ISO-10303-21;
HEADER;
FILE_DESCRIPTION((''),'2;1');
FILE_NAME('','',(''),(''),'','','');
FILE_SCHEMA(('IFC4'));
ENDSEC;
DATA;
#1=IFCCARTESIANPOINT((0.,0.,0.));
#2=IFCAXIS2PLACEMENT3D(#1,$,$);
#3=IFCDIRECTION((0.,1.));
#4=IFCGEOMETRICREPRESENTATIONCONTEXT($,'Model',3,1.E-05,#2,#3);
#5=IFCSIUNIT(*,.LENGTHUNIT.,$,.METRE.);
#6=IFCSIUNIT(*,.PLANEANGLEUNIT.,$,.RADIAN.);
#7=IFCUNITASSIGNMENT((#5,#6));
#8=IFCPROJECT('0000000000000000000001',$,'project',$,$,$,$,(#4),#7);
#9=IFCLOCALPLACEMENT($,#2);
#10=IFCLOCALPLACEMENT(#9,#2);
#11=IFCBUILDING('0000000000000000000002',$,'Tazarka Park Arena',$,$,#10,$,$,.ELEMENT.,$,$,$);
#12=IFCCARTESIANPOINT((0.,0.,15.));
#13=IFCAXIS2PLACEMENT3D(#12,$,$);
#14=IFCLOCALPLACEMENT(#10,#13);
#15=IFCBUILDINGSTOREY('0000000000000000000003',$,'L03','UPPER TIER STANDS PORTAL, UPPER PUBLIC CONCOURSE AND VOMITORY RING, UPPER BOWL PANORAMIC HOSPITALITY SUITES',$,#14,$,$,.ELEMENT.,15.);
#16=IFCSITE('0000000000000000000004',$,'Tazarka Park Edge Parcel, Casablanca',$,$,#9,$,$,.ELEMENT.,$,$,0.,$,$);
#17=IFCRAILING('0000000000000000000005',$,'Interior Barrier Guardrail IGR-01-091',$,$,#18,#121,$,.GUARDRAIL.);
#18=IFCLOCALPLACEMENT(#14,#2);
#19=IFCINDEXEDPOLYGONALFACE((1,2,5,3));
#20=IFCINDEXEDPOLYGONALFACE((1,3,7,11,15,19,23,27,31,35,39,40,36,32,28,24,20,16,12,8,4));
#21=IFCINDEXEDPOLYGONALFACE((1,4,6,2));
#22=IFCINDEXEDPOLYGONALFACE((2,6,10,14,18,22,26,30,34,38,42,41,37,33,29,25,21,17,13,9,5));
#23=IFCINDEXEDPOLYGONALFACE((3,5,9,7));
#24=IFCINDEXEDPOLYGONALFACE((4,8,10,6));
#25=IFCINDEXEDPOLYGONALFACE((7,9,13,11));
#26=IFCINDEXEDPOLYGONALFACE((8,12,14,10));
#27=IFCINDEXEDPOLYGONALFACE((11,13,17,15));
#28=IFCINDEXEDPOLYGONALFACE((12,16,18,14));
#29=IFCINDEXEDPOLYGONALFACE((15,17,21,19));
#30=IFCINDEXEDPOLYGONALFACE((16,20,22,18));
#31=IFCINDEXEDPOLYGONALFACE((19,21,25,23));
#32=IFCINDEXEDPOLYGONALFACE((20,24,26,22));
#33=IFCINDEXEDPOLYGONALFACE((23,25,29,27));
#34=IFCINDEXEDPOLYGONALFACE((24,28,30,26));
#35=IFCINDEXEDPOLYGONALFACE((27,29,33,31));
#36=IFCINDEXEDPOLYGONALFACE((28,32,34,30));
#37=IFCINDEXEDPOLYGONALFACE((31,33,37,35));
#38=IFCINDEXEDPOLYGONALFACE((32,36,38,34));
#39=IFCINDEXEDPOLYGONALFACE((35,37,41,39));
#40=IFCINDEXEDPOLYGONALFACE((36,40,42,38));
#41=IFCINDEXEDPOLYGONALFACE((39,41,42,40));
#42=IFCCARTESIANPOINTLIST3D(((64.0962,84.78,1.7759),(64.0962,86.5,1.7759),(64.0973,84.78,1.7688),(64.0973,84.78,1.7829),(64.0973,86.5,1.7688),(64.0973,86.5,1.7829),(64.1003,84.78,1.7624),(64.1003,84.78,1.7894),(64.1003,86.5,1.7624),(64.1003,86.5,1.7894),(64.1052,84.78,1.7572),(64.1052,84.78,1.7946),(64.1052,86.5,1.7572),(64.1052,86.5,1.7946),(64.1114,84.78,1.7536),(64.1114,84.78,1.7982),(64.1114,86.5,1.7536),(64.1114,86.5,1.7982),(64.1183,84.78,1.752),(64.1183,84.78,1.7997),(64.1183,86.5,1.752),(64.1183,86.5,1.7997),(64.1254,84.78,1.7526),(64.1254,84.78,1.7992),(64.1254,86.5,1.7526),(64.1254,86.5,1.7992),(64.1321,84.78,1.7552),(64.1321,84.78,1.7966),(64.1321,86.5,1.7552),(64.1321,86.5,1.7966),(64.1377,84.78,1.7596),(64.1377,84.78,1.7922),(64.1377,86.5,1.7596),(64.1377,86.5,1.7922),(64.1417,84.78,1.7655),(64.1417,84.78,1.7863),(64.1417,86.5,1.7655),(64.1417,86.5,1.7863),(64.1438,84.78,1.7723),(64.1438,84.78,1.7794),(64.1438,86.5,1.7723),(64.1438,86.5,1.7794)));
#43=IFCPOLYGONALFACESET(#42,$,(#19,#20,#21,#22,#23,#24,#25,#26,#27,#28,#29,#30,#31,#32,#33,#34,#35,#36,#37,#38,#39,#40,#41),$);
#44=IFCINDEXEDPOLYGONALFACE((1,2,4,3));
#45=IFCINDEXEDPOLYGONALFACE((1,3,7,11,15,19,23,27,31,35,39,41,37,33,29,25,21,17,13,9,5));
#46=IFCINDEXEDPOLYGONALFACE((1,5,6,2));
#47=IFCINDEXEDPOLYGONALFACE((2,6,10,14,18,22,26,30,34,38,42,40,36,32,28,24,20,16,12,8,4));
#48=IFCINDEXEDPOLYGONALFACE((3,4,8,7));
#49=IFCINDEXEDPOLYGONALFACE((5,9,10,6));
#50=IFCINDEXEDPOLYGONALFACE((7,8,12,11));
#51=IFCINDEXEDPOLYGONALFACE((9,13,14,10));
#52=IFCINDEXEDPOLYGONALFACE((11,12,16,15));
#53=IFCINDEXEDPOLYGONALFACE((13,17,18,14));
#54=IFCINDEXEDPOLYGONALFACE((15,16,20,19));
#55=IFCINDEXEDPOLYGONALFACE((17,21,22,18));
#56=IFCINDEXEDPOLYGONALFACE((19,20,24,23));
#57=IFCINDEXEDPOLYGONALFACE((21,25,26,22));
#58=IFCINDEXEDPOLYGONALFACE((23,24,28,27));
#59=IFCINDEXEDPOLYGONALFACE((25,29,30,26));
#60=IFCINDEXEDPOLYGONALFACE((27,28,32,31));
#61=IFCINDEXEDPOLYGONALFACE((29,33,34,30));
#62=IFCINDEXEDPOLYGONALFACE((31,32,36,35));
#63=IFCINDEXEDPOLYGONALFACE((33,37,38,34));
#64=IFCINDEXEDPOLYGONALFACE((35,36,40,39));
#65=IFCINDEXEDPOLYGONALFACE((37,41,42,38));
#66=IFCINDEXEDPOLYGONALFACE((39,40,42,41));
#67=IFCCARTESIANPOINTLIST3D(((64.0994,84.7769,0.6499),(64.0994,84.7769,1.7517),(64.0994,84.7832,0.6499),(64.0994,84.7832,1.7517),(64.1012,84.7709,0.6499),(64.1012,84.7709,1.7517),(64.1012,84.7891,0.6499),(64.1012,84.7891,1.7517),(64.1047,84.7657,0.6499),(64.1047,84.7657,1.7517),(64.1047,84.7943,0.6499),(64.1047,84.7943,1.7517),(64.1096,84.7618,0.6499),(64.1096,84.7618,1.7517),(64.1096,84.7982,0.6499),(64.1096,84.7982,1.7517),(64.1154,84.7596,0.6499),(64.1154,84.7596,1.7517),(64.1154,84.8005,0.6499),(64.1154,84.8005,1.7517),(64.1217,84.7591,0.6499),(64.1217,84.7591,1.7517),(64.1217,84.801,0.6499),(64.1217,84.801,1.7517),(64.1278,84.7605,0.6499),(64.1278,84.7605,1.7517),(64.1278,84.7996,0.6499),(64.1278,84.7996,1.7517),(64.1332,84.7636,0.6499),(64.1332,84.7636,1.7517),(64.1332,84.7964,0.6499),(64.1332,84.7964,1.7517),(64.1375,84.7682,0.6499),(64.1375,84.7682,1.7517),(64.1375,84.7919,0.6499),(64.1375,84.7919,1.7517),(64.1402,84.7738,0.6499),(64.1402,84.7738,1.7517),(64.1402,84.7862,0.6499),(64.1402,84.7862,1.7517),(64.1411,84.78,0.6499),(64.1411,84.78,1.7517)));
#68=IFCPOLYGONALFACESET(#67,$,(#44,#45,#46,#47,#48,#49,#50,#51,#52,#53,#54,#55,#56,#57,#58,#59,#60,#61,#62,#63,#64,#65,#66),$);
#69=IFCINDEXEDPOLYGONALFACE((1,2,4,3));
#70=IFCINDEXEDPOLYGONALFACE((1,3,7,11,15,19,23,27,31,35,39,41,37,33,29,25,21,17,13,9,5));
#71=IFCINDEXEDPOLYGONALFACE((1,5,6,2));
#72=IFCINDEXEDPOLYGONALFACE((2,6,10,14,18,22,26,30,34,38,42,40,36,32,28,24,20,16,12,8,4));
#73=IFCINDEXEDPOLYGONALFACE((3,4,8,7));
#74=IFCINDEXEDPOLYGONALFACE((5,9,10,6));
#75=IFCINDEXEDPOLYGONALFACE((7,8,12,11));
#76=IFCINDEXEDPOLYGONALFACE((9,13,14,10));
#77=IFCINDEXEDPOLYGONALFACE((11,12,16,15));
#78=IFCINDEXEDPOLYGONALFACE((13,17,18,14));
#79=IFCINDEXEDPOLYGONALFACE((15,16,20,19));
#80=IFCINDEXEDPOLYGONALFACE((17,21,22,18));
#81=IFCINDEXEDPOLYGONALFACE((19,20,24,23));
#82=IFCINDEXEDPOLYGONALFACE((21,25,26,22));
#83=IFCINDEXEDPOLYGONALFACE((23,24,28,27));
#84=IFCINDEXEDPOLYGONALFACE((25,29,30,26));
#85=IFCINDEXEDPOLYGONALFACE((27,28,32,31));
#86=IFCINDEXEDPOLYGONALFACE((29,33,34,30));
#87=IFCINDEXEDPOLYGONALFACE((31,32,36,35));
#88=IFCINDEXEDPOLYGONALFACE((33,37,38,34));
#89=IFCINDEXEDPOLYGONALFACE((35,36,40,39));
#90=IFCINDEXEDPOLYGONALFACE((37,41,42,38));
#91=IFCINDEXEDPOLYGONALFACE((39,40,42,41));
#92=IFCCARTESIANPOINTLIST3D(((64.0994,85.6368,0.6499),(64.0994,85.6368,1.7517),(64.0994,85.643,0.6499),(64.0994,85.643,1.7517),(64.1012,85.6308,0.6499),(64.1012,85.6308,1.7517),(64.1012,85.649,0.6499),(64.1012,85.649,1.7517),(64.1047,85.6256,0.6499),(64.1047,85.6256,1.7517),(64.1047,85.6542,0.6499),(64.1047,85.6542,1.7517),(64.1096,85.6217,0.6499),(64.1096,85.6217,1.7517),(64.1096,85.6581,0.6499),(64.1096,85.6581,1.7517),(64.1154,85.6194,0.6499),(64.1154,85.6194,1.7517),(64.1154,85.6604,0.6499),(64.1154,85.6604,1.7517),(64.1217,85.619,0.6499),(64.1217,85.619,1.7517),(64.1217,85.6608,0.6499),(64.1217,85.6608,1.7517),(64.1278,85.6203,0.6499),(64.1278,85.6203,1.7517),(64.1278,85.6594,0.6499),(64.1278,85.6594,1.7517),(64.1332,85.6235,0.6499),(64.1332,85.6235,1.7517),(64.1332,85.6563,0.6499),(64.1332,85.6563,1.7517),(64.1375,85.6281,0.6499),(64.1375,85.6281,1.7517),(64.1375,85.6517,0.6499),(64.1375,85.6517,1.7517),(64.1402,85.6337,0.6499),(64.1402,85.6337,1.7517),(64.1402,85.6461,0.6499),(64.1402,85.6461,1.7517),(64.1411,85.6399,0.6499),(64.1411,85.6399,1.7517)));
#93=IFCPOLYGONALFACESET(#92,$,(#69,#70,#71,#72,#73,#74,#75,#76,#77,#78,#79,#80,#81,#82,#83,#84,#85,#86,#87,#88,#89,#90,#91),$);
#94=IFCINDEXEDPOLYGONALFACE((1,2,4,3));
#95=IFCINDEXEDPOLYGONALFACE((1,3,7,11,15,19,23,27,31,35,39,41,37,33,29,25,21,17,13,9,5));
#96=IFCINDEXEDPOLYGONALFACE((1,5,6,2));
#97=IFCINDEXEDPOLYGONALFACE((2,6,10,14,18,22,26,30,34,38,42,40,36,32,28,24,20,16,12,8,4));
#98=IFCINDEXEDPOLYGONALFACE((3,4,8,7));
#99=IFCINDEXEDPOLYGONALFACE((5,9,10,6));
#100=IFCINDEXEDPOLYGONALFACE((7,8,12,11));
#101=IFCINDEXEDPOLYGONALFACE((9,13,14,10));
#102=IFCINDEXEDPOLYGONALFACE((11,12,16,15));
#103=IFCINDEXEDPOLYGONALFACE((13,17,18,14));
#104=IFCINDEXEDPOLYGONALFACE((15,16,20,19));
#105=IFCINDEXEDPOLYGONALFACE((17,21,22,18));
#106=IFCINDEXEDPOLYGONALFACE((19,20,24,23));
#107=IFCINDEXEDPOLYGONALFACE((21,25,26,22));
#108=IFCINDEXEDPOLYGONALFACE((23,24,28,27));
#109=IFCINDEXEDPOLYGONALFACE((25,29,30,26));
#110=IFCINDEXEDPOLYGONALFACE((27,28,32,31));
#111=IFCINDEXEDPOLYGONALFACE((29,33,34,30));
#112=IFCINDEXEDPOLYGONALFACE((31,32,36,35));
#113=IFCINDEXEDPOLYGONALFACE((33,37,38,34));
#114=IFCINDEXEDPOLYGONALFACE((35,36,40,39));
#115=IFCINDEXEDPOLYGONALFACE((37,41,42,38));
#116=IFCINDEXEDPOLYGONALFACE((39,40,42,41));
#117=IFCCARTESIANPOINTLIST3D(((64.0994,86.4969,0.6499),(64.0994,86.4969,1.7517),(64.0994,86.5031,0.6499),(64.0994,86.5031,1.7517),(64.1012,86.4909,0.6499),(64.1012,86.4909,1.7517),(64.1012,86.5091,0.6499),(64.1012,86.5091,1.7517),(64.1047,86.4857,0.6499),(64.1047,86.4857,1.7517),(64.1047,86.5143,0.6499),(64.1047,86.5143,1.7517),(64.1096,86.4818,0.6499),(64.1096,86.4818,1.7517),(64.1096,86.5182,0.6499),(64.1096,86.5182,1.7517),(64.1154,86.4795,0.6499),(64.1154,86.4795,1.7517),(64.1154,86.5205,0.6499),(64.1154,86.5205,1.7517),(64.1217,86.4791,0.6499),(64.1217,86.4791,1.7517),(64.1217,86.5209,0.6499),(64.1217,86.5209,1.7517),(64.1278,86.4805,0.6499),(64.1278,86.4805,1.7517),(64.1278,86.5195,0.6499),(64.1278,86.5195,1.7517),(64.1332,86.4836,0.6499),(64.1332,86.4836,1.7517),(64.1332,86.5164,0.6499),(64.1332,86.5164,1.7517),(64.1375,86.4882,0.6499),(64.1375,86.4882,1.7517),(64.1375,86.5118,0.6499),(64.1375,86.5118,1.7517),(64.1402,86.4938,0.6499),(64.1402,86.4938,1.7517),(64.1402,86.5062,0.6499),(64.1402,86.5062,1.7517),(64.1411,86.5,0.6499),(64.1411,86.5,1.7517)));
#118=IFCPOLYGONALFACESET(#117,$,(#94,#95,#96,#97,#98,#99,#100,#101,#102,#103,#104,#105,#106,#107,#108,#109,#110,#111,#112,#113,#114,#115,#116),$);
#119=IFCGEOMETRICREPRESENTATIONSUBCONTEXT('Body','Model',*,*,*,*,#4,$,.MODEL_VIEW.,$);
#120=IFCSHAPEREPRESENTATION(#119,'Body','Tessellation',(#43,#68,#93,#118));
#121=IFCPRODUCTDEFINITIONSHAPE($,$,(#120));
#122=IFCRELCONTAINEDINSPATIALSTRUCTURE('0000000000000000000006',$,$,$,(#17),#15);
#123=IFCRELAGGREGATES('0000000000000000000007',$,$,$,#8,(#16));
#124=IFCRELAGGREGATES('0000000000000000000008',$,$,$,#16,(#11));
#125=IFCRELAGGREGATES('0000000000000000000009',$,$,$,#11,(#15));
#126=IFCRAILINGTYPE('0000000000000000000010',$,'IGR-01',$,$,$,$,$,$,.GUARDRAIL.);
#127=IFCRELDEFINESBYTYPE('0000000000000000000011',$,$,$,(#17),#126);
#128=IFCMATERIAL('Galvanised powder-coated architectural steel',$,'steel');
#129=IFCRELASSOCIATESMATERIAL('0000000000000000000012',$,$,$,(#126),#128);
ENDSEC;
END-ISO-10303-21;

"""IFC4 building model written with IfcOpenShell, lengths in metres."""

from ifc_helpers import new_model, si_unit, direction, frame, origin, origin_2d, place, context, subcontext, project, spatial, circle, extrude, material, type_object, element, save


model = new_model("IFC4")

# Units and contexts
model_context = context("Model", 3, precision=1e-05, world=origin(), true_north=direction((0.0, 1.0)))
body_context = subcontext(model_context, "Body", "Model", "MODEL_VIEW")
ifc_project = project(units=[si_unit("LENGTHUNIT", "METRE"), si_unit("PLANEANGLEUNIT", "RADIAN")], contexts=[model_context])

# Site, building, storey
site_placement = place(None, origin())
site = spatial("IfcSite", under=ifc_project, at=site_placement, Name="Tazarka Park Edge Parcel, Casablanca", CompositionType="ELEMENT", RefElevation=0.0)
building_placement = place(site_placement, origin())
building = spatial("IfcBuilding", under=site, at=building_placement, Name="Tazarka Park Arena", CompositionType="ELEMENT")
storey_placement = place(building_placement, frame((0.0, 0.0, 15.0)))
storey = spatial("IfcBuildingStorey", under=building, at=storey_placement, Name="L03", Description="UPPER TIER STANDS PORTAL, UPPER PUBLIC CONCOURSE AND VOMITORY RING, UPPER BOWL PANORAMIC HOSPITALITY SUITES", CompositionType="ELEMENT", Elevation=15.0)

# Railing
ifc_material_1 = material(Name="Galvanised powder-coated architectural steel", Category="steel")
railing_type = type_object("IfcRailingType", Name="IGR-01", PredefinedType="GUARDRAIL", material=ifc_material_1)
railing_1_placement = place(storey_placement, frame((64.1201, 84.78, 0.6499)))
element("IfcRailing", 1, at=railing_1_placement, inside=storey, type_object=railing_type, Name="Interior Barrier Guardrail IGR-01-091", PredefinedType="GUARDRAIL", context=body_context, shape_type="SweptSolid", body=[
    extrude(circle(Radius=0.0239, at=origin_2d()), frame((0.0, 0.0, 1.126), z_axis=(0.0, 1.0, 0.0), x_axis=(-1.0, 0.0, 0.0)), (0.0, 0.0, 1.0), 1.72),
    extrude(circle(Radius=0.021, at=origin_2d()), origin(), (0.0, 0.0, 1.0), 1.1018),
    extrude(circle(Radius=0.021, at=origin_2d()), frame((0.0, 0.8599, 0.0)), (0.0, 0.0, 1.0), 1.1018),
    extrude(circle(Radius=0.021, at=origin_2d()), frame((0.0, 1.72, 0.0)), (0.0, 0.0, 1.0), 1.1018),
])

save(model, "model.ifc")
